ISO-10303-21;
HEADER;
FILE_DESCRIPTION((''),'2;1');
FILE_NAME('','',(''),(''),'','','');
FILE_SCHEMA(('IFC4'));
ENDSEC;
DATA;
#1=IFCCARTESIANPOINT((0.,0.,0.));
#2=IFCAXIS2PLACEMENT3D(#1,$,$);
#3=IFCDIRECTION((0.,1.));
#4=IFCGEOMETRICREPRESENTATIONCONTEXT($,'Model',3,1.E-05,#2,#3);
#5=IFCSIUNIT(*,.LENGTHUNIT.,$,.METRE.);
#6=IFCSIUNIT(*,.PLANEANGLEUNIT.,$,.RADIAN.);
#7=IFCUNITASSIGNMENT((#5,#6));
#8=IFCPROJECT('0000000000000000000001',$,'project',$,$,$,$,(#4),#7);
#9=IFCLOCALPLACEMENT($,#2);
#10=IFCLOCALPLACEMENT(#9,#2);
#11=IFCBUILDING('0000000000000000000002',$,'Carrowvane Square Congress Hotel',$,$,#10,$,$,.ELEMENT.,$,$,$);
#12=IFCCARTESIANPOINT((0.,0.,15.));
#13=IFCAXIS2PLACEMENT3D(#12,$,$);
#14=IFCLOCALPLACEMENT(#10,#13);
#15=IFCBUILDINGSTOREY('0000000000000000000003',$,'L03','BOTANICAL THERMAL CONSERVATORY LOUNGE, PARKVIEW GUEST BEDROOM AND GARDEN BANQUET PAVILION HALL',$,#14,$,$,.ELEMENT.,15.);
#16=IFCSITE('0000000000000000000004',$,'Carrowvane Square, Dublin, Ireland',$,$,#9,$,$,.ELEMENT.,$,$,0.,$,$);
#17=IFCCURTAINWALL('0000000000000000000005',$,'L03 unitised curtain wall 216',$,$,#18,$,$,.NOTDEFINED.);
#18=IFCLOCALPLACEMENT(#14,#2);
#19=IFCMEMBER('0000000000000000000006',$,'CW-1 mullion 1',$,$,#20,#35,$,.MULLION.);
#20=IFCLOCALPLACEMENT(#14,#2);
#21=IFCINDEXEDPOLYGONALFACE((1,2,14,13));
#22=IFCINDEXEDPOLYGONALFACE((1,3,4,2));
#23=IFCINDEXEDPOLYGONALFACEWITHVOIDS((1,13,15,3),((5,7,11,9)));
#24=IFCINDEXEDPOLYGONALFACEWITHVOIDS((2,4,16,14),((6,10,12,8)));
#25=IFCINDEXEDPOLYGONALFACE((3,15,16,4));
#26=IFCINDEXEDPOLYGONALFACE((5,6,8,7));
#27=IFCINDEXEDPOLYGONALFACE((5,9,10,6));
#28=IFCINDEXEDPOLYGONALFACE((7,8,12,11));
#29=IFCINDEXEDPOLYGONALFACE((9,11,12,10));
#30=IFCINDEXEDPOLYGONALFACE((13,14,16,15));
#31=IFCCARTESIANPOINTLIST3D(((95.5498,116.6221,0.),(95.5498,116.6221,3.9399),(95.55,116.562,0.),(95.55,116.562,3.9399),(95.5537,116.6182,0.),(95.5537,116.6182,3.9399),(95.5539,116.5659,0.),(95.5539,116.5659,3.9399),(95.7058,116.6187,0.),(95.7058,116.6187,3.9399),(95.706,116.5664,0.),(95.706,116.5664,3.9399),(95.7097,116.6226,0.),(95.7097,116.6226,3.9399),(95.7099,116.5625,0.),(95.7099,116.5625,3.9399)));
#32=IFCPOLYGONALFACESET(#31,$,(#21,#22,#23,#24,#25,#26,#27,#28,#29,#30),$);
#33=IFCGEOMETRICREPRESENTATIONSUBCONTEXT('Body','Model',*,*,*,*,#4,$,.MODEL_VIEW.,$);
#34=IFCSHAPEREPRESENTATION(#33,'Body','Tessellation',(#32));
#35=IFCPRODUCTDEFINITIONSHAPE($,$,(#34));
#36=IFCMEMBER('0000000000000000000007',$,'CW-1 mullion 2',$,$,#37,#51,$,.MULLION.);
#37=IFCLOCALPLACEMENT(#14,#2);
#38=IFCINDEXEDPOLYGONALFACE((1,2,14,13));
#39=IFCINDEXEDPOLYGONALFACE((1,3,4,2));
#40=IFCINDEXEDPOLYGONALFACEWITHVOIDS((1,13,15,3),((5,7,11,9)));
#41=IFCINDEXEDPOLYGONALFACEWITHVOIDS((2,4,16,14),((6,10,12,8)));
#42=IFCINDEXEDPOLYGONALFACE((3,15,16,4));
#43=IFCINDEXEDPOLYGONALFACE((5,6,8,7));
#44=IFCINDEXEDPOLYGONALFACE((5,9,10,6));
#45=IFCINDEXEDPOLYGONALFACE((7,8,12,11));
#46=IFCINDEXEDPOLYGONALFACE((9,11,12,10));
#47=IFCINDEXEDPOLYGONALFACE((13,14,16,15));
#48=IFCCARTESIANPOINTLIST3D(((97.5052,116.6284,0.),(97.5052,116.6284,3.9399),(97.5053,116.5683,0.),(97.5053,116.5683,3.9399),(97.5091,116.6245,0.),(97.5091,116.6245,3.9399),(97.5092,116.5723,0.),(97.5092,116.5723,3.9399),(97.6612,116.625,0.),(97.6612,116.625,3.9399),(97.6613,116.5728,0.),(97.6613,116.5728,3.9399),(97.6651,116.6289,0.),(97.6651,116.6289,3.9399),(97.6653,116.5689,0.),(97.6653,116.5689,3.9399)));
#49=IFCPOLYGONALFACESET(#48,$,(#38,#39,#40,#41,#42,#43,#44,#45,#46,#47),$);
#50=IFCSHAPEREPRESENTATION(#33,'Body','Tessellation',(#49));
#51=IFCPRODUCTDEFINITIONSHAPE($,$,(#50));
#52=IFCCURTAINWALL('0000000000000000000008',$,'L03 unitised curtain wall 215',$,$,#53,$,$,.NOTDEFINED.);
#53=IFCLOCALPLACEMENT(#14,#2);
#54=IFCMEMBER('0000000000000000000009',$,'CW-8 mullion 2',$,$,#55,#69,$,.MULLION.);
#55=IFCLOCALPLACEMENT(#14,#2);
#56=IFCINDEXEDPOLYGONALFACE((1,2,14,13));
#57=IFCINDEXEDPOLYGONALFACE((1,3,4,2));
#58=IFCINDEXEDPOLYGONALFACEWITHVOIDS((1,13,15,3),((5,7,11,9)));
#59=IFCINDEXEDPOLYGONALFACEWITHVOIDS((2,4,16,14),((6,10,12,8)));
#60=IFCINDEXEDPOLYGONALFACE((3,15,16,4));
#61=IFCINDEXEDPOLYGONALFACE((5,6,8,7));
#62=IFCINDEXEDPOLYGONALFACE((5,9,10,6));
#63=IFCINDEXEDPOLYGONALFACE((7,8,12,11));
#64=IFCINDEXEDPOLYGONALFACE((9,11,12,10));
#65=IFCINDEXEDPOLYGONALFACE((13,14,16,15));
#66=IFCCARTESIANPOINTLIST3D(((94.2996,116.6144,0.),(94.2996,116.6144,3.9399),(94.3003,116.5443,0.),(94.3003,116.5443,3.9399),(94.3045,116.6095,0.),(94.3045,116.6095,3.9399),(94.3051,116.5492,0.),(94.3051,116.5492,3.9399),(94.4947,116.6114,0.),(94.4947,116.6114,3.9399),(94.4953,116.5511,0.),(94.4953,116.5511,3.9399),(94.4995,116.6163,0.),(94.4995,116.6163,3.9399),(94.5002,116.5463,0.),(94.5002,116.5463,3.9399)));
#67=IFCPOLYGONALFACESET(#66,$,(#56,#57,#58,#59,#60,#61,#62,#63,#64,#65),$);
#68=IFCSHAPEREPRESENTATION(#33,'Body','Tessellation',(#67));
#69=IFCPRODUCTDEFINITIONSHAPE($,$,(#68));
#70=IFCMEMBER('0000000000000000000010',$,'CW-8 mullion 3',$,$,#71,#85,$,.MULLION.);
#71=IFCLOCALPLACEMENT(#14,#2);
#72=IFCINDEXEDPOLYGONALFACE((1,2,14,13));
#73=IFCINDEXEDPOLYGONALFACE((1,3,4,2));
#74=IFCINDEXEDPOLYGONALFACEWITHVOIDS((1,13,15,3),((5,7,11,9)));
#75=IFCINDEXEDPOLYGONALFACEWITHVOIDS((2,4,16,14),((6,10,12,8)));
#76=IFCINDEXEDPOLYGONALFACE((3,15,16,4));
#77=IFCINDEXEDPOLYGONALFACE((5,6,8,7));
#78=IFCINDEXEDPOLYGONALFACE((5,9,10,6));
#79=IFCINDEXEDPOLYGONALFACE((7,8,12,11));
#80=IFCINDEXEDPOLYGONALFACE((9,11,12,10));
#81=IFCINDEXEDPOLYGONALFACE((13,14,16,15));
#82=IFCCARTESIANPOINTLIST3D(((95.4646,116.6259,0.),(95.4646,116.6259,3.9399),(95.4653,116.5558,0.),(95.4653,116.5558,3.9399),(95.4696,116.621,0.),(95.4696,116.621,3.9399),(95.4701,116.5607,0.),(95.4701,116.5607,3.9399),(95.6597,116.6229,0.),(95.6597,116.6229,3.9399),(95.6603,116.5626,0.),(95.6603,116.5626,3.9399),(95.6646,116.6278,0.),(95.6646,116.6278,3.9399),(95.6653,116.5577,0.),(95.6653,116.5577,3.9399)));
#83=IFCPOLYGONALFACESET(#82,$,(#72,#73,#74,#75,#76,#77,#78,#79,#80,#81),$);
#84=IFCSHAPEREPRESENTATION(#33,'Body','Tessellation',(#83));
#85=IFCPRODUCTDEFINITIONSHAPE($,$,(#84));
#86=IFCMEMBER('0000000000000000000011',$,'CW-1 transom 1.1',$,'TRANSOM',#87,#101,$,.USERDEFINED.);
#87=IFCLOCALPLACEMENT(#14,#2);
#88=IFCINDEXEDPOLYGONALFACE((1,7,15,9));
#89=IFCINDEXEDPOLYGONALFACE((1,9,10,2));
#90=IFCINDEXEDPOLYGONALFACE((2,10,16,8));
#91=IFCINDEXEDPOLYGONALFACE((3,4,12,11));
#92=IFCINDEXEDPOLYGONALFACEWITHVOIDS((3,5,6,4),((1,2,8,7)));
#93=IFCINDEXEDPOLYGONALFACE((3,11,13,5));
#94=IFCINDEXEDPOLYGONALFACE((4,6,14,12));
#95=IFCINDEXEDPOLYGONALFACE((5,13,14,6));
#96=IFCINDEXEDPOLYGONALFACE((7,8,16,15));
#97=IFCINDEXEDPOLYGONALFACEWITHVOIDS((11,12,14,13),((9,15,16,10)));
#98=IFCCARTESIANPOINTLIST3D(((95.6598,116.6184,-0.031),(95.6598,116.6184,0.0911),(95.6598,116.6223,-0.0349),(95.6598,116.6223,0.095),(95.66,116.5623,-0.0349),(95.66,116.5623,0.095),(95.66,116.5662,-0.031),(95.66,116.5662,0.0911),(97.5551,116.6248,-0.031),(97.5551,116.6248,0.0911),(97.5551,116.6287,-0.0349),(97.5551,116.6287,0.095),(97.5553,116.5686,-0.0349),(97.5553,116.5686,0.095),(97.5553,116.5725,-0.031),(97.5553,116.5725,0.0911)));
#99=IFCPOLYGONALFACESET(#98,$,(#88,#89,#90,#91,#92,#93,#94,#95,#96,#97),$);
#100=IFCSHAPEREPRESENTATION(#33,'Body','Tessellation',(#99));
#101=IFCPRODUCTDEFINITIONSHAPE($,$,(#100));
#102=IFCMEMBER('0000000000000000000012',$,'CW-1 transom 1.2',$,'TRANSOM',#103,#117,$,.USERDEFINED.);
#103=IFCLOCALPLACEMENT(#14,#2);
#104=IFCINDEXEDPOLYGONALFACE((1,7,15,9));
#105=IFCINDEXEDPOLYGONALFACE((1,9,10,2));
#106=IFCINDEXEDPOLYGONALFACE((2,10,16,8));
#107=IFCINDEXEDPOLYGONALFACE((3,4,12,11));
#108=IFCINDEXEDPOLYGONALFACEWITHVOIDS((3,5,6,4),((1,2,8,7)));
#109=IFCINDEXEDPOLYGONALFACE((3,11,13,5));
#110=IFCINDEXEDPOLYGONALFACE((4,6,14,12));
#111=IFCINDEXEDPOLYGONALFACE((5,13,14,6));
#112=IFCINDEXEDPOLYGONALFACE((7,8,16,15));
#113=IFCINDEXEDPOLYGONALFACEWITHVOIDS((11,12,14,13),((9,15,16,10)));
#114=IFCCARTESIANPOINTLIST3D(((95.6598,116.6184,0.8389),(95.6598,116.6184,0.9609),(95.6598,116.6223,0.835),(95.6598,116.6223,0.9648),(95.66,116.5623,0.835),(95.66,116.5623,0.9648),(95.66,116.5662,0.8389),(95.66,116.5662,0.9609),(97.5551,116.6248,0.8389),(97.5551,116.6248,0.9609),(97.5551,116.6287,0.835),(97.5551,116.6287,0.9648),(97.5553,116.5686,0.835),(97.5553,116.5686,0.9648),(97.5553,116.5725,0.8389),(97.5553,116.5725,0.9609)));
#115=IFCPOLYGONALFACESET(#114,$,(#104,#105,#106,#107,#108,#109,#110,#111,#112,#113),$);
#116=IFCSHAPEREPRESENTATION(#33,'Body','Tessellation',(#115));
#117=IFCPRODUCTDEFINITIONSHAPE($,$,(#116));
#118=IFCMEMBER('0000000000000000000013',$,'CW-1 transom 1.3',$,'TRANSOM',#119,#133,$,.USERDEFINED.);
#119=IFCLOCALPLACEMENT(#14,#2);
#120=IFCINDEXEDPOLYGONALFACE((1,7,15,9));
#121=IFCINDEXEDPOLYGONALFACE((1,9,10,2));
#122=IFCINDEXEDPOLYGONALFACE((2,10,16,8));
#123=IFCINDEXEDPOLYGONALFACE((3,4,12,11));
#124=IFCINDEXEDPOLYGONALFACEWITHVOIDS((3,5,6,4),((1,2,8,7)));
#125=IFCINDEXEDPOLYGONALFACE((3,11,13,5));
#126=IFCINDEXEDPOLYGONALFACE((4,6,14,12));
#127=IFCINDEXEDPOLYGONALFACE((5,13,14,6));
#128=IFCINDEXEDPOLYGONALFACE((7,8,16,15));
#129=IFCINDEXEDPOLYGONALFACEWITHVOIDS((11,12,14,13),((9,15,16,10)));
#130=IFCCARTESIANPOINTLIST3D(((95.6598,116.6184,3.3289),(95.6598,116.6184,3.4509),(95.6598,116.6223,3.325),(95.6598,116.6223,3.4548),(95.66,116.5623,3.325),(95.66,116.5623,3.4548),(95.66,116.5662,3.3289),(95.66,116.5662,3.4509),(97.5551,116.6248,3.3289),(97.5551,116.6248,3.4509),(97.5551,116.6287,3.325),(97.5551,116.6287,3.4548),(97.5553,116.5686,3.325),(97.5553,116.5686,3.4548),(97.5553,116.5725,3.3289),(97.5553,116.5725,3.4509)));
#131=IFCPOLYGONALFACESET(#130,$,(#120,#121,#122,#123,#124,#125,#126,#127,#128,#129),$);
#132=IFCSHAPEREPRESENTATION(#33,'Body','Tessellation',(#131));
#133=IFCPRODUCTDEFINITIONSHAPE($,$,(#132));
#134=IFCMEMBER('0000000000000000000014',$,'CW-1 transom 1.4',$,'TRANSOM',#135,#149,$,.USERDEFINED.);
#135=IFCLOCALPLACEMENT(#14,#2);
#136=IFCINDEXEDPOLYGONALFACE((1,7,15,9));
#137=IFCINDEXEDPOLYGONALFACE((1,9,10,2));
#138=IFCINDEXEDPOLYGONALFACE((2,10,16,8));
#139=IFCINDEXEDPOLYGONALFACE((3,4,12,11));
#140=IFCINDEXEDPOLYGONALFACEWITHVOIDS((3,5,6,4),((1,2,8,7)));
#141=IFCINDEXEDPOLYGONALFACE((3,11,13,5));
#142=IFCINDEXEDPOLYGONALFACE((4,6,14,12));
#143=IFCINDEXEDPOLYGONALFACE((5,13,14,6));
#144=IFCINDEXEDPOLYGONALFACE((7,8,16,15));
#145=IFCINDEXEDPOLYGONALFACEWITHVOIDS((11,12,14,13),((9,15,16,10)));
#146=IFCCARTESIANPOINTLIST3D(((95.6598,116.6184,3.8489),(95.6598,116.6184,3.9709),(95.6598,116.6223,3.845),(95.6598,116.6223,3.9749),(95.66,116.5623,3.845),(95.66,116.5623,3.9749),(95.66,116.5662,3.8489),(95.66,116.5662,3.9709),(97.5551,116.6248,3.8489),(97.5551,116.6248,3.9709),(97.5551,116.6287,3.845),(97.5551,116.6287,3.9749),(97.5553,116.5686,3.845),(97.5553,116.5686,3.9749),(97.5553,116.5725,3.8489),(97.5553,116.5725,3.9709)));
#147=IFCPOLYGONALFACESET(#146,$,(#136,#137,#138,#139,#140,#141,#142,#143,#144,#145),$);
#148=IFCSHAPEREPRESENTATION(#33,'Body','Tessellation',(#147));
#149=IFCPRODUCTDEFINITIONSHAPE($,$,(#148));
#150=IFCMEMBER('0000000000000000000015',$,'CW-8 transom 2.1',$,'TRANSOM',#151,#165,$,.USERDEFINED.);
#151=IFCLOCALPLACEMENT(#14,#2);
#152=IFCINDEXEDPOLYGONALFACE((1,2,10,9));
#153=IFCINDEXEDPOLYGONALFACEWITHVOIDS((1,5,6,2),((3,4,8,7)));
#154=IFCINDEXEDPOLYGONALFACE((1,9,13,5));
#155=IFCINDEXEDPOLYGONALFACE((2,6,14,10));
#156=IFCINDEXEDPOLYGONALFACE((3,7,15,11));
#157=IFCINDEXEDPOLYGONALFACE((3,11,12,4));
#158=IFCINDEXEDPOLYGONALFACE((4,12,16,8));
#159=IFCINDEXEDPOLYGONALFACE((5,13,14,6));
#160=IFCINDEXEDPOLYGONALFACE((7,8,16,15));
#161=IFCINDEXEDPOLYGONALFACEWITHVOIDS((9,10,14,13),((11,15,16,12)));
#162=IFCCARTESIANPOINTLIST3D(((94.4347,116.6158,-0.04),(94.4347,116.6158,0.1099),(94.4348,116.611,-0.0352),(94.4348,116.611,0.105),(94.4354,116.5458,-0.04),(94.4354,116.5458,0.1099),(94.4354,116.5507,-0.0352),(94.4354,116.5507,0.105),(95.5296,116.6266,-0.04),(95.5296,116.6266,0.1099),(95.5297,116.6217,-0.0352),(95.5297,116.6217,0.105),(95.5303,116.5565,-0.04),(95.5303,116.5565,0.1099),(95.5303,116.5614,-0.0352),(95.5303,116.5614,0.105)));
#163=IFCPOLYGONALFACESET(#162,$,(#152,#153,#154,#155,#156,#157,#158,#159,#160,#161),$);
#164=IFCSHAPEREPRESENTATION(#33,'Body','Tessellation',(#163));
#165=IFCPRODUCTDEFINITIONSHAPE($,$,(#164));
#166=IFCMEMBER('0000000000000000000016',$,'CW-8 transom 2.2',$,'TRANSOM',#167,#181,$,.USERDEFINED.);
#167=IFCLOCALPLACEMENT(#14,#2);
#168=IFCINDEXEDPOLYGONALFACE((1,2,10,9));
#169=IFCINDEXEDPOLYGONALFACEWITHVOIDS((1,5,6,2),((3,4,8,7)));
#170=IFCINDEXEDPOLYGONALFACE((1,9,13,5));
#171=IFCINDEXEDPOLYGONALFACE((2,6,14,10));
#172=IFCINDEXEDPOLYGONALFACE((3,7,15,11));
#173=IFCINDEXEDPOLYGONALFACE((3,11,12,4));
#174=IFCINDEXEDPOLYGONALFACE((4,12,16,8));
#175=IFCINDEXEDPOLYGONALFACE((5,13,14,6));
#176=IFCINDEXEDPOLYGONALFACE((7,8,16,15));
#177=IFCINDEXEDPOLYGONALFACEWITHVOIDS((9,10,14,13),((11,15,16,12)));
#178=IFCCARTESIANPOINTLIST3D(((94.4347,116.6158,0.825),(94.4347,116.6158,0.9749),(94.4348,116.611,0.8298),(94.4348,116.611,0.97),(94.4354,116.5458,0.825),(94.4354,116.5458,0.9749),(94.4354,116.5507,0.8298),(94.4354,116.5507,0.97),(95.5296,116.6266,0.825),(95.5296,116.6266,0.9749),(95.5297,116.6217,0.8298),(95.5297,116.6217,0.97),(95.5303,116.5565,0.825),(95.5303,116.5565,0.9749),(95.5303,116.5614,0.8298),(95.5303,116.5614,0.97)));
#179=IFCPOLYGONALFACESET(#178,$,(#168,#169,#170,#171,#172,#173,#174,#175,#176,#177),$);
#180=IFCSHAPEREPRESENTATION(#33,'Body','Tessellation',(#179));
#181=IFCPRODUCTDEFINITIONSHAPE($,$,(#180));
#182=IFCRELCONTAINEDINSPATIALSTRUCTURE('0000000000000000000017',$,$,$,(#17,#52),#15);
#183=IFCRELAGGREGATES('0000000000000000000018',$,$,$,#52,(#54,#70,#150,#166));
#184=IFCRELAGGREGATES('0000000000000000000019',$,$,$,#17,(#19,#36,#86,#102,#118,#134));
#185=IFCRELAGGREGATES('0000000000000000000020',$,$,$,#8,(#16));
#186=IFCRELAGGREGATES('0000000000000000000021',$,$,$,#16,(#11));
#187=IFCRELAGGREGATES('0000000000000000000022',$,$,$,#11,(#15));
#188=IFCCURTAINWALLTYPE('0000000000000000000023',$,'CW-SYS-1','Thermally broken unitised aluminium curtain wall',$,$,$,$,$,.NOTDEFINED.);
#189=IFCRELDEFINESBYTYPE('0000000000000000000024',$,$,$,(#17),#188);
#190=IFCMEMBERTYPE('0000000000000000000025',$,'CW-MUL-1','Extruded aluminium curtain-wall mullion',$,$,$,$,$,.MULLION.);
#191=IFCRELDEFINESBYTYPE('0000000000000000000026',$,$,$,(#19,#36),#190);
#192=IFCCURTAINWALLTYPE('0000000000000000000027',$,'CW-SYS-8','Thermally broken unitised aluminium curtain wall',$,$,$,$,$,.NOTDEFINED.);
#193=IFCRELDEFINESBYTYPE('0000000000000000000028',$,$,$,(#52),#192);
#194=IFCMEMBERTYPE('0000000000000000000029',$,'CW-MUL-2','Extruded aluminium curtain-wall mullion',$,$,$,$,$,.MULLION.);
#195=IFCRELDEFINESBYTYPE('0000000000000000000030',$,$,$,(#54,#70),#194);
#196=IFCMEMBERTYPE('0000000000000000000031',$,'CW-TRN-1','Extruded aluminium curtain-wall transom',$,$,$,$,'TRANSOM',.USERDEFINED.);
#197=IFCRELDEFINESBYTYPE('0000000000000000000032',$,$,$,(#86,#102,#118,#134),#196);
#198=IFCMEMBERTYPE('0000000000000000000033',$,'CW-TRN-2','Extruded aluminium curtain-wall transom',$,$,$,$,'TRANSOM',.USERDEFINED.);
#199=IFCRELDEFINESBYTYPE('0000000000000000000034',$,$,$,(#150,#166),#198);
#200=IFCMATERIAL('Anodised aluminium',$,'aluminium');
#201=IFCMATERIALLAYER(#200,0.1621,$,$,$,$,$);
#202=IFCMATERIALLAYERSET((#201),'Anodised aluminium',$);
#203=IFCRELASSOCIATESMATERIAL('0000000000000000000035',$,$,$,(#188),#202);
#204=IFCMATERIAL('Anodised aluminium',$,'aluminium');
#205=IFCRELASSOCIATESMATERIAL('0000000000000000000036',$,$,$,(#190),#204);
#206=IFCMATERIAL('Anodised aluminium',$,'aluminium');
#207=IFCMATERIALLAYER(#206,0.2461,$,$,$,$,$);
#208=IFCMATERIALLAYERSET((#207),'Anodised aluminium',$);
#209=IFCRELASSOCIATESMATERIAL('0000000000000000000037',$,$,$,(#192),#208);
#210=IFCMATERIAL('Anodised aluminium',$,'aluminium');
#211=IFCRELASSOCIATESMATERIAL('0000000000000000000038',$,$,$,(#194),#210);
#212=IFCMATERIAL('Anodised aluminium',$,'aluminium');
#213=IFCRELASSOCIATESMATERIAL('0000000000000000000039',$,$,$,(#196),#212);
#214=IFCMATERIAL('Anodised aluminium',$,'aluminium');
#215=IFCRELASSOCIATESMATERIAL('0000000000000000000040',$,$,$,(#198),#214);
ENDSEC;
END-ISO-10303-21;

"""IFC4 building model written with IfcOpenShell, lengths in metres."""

from ifc_helpers import new_model, si_unit, direction, frame, origin, origin_2d, place, context, subcontext, project, spatial, hollow_rectangle, extrude, material, layer, layer_set, material_profile, profile_set, type_object, element, aggregate, save


model = new_model("IFC4")

# Units and contexts
model_context = context("Model", 3, precision=1e-05, world=origin(), true_north=direction((0.0, 1.0)))
body_context = subcontext(model_context, "Body", "Model", "MODEL_VIEW")
ifc_project = project(units=[si_unit("LENGTHUNIT", "METRE"), si_unit("PLANEANGLEUNIT", "RADIAN")], contexts=[model_context])

# Site, building, storey
site_placement = place(None, origin())
site = spatial("IfcSite", under=ifc_project, at=site_placement, Name="Carrowvane Square, Dublin, Ireland", CompositionType="ELEMENT", RefElevation=0.0)
building_placement = place(site_placement, origin())
building = spatial("IfcBuilding", under=site, at=building_placement, Name="Carrowvane Square Congress Hotel", CompositionType="ELEMENT")
storey_placement = place(building_placement, frame((0.0, 0.0, 15.0)))
storey = spatial("IfcBuildingStorey", under=building, at=storey_placement, Name="L03", Description="BOTANICAL THERMAL CONSERVATORY LOUNGE, PARKVIEW GUEST BEDROOM AND GARDEN BANQUET PAVILION HALL", CompositionType="ELEMENT", Elevation=15.0)

# Curtain walls, members
ifc_material_1 = material(Name="Anodised aluminium", Category="aluminium")
ifc_layer_1 = layer(ifc_material_1, 0.1621)
ifc_layer_set_1 = layer_set([ifc_layer_1], Name="Anodised aluminium")
curtain_wall_type_1 = type_object("IfcCurtainWallType", Name="CW-SYS-1", Description="Thermally broken unitised aluminium curtain wall", PredefinedType="NOTDEFINED", material=ifc_layer_set_1)
curtain_wall_1_placement = place(storey_placement, origin())
curtain_wall_1 = element("IfcCurtainWall", 1, at=curtain_wall_1_placement, inside=storey, type_object=curtain_wall_type_1, Name="L03 unitised curtain wall 216", PredefinedType="NOTDEFINED")
ifc_material_2 = material(Name="Anodised aluminium", Category="aluminium")
ifc_material_profile_1 = material_profile(ifc_material_2, hollow_rectangle(XDim=0.0601, YDim=0.1599, WallThickness=0.0039, at=origin_2d()), Name="CW-ML 60x160x4")
ifc_profile_set_1 = profile_set([ifc_material_profile_1], Name="Anodised aluminium")
member_type_1 = type_object("IfcMemberType", Name="CW-MUL-1", Description="Extruded aluminium curtain-wall mullion", PredefinedType="MULLION", material=ifc_profile_set_1)
member_1_placement = place(storey_placement, frame((95.6299, 116.5923, 0.0), z_axis=(0.0, 0.0, 1.0), x_axis=(-0.00327, 0.999995, 0.0)))
member_1 = element("IfcMember", 2, at=member_1_placement, type_object=member_type_1, Name="CW-1 mullion 1", PredefinedType="MULLION", context=body_context, shape_type="SweptSolid", body=[
    extrude(hollow_rectangle(XDim=0.0601, YDim=0.1599, WallThickness=0.0039, at=origin_2d()), origin(), (0.0, 0.0, 1.0), 3.9399),
])
member_2_placement = place(storey_placement, frame((97.5852, 116.5986, 0.0), z_axis=(0.0, 0.0, 1.0), x_axis=(-0.00327, 0.999995, 0.0)))
member_2 = element("IfcMember", 3, at=member_2_placement, type_object=member_type_1, Name="CW-1 mullion 2", PredefinedType="MULLION", context=body_context, shape_type="SweptSolid", body=[
    extrude(hollow_rectangle(XDim=0.0601, YDim=0.1599, WallThickness=0.0039, at=origin_2d()), origin(), (0.0, 0.0, 1.0), 3.9399),
])
ifc_material_3 = material(Name="Anodised aluminium", Category="aluminium")
ifc_layer_2 = layer(ifc_material_3, 0.2461)
ifc_layer_set_2 = layer_set([ifc_layer_2], Name="Anodised aluminium")
curtain_wall_type_2 = type_object("IfcCurtainWallType", Name="CW-SYS-8", Description="Thermally broken unitised aluminium curtain wall", PredefinedType="NOTDEFINED", material=ifc_layer_set_2)
curtain_wall_2_placement = place(storey_placement, origin())
curtain_wall_2 = element("IfcCurtainWall", 4, at=curtain_wall_2_placement, inside=storey, type_object=curtain_wall_type_2, Name="L03 unitised curtain wall 215", PredefinedType="NOTDEFINED")
ifc_material_4 = material(Name="Anodised aluminium", Category="aluminium")
ifc_material_profile_2 = material_profile(ifc_material_4, hollow_rectangle(XDim=0.0701, YDim=0.2, WallThickness=0.0049, at=origin_2d()), Name="CW-ML 70x200x5")
ifc_profile_set_2 = profile_set([ifc_material_profile_2], Name="Anodised aluminium")
member_type_2 = type_object("IfcMemberType", Name="CW-MUL-2", Description="Extruded aluminium curtain-wall mullion", PredefinedType="MULLION", material=ifc_profile_set_2)
member_3_placement = place(storey_placement, frame((94.3999, 116.5803, 0.0), z_axis=(0.0, 0.0, 1.0), x_axis=(-0.009783, 0.999952, 0.0)))
member_3 = element("IfcMember", 5, at=member_3_placement, type_object=member_type_2, Name="CW-8 mullion 2", PredefinedType="MULLION", context=body_context, shape_type="SweptSolid", body=[
    extrude(hollow_rectangle(XDim=0.0701, YDim=0.2, WallThickness=0.0049, at=origin_2d()), origin(), (0.0, 0.0, 1.0), 3.9399),
])
member_4_placement = place(storey_placement, frame((95.5649, 116.5918, 0.0), z_axis=(0.0, 0.0, 1.0), x_axis=(-0.009783, 0.999952, 0.0)))
member_4 = element("IfcMember", 6, at=member_4_placement, type_object=member_type_2, Name="CW-8 mullion 3", PredefinedType="MULLION", context=body_context, shape_type="SweptSolid", body=[
    extrude(hollow_rectangle(XDim=0.0701, YDim=0.2, WallThickness=0.0049, at=origin_2d()), origin(), (0.0, 0.0, 1.0), 3.9399),
])

# Members
ifc_material_5 = material(Name="Anodised aluminium", Category="aluminium")
ifc_material_profile_3 = material_profile(ifc_material_5, hollow_rectangle(XDim=0.0601, YDim=0.1299, WallThickness=0.0039, at=origin_2d()), Name="CW-TR 60x130x4")
ifc_profile_set_3 = profile_set([ifc_material_profile_3], Name="Anodised aluminium")
member_type_3 = type_object("IfcMemberType", Name="CW-TRN-1", Description="Extruded aluminium curtain-wall transom", ElementType="TRANSOM", PredefinedType="USERDEFINED", material=ifc_profile_set_3)
member_5_placement = place(storey_placement, frame((95.6599, 116.5923, 0.03), z_axis=(0.999994, 0.003349, 0.0), x_axis=(-0.003349, 0.999994, 0.0)))
member_5 = element("IfcMember", 7, at=member_5_placement, type_object=member_type_3, Name="CW-1 transom 1.1", ObjectType="TRANSOM", PredefinedType="USERDEFINED", context=body_context, shape_type="SweptSolid", body=[
    extrude(hollow_rectangle(XDim=0.0601, YDim=0.1299, WallThickness=0.0039, at=origin_2d()), origin(), (0.0, 0.0, 1.0), 1.8953),
])
member_6_placement = place(storey_placement, frame((95.6599, 116.5923, 0.8999), z_axis=(0.999994, 0.003349, 0.0), x_axis=(-0.003349, 0.999994, 0.0)))
member_6 = element("IfcMember", 8, at=member_6_placement, type_object=member_type_3, Name="CW-1 transom 1.2", ObjectType="TRANSOM", PredefinedType="USERDEFINED", context=body_context, shape_type="SweptSolid", body=[
    extrude(hollow_rectangle(XDim=0.0601, YDim=0.1299, WallThickness=0.0039, at=origin_2d()), origin(), (0.0, 0.0, 1.0), 1.8953),
])
member_7_placement = place(storey_placement, frame((95.6599, 116.5923, 3.3899), z_axis=(0.999994, 0.003349, 0.0), x_axis=(-0.003349, 0.999994, 0.0)))
member_7 = element("IfcMember", 9, at=member_7_placement, type_object=member_type_3, Name="CW-1 transom 1.3", ObjectType="TRANSOM", PredefinedType="USERDEFINED", context=body_context, shape_type="SweptSolid", body=[
    extrude(hollow_rectangle(XDim=0.0601, YDim=0.1299, WallThickness=0.0039, at=origin_2d()), origin(), (0.0, 0.0, 1.0), 1.8953),
])
member_8_placement = place(storey_placement, frame((95.6599, 116.5923, 3.9099), z_axis=(0.999994, 0.003349, 0.0), x_axis=(-0.003349, 0.999994, 0.0)))
member_8 = element("IfcMember", 10, at=member_8_placement, type_object=member_type_3, Name="CW-1 transom 1.4", ObjectType="TRANSOM", PredefinedType="USERDEFINED", context=body_context, shape_type="SweptSolid", body=[
    extrude(hollow_rectangle(XDim=0.0601, YDim=0.1299, WallThickness=0.0039, at=origin_2d()), origin(), (0.0, 0.0, 1.0), 1.8953),
])
ifc_material_6 = material(Name="Anodised aluminium", Category="aluminium")
ifc_material_profile_4 = material_profile(ifc_material_6, hollow_rectangle(XDim=0.0701, YDim=0.1499, WallThickness=0.0049, at=origin_2d()), Name="CW-TR 70x150x5")
ifc_profile_set_4 = profile_set([ifc_material_profile_4], Name="Anodised aluminium")
member_type_4 = type_object("IfcMemberType", Name="CW-TRN-2", Description="Extruded aluminium curtain-wall transom", ElementType="TRANSOM", PredefinedType="USERDEFINED", material=ifc_profile_set_4)
member_9_placement = place(storey_placement, frame((94.4351, 116.5808, 0.0349), z_axis=(0.999952, 0.00981, 0.0), x_axis=(-0.00981, 0.999952, 0.0)))
member_9 = element("IfcMember", 11, at=member_9_placement, type_object=member_type_4, Name="CW-8 transom 2.1", ObjectType="TRANSOM", PredefinedType="USERDEFINED", context=body_context, shape_type="SweptSolid", body=[
    extrude(hollow_rectangle(XDim=0.0701, YDim=0.1499, WallThickness=0.0049, at=origin_2d()), origin(), (0.0, 0.0, 1.0), 1.095),
])
member_10_placement = place(storey_placement, frame((94.4351, 116.5808, 0.8999), z_axis=(0.999952, 0.00981, 0.0), x_axis=(-0.00981, 0.999952, 0.0)))
member_10 = element("IfcMember", 12, at=member_10_placement, type_object=member_type_4, Name="CW-8 transom 2.2", ObjectType="TRANSOM", PredefinedType="USERDEFINED", context=body_context, shape_type="SweptSolid", body=[
    extrude(hollow_rectangle(XDim=0.0701, YDim=0.1499, WallThickness=0.0049, at=origin_2d()), origin(), (0.0, 0.0, 1.0), 1.095),
])

aggregate(curtain_wall_2, [member_3, member_4, member_9, member_10])
aggregate(curtain_wall_1, [member_1, member_2, member_5, member_6, member_7, member_8])

save(model, "model.ifc")
